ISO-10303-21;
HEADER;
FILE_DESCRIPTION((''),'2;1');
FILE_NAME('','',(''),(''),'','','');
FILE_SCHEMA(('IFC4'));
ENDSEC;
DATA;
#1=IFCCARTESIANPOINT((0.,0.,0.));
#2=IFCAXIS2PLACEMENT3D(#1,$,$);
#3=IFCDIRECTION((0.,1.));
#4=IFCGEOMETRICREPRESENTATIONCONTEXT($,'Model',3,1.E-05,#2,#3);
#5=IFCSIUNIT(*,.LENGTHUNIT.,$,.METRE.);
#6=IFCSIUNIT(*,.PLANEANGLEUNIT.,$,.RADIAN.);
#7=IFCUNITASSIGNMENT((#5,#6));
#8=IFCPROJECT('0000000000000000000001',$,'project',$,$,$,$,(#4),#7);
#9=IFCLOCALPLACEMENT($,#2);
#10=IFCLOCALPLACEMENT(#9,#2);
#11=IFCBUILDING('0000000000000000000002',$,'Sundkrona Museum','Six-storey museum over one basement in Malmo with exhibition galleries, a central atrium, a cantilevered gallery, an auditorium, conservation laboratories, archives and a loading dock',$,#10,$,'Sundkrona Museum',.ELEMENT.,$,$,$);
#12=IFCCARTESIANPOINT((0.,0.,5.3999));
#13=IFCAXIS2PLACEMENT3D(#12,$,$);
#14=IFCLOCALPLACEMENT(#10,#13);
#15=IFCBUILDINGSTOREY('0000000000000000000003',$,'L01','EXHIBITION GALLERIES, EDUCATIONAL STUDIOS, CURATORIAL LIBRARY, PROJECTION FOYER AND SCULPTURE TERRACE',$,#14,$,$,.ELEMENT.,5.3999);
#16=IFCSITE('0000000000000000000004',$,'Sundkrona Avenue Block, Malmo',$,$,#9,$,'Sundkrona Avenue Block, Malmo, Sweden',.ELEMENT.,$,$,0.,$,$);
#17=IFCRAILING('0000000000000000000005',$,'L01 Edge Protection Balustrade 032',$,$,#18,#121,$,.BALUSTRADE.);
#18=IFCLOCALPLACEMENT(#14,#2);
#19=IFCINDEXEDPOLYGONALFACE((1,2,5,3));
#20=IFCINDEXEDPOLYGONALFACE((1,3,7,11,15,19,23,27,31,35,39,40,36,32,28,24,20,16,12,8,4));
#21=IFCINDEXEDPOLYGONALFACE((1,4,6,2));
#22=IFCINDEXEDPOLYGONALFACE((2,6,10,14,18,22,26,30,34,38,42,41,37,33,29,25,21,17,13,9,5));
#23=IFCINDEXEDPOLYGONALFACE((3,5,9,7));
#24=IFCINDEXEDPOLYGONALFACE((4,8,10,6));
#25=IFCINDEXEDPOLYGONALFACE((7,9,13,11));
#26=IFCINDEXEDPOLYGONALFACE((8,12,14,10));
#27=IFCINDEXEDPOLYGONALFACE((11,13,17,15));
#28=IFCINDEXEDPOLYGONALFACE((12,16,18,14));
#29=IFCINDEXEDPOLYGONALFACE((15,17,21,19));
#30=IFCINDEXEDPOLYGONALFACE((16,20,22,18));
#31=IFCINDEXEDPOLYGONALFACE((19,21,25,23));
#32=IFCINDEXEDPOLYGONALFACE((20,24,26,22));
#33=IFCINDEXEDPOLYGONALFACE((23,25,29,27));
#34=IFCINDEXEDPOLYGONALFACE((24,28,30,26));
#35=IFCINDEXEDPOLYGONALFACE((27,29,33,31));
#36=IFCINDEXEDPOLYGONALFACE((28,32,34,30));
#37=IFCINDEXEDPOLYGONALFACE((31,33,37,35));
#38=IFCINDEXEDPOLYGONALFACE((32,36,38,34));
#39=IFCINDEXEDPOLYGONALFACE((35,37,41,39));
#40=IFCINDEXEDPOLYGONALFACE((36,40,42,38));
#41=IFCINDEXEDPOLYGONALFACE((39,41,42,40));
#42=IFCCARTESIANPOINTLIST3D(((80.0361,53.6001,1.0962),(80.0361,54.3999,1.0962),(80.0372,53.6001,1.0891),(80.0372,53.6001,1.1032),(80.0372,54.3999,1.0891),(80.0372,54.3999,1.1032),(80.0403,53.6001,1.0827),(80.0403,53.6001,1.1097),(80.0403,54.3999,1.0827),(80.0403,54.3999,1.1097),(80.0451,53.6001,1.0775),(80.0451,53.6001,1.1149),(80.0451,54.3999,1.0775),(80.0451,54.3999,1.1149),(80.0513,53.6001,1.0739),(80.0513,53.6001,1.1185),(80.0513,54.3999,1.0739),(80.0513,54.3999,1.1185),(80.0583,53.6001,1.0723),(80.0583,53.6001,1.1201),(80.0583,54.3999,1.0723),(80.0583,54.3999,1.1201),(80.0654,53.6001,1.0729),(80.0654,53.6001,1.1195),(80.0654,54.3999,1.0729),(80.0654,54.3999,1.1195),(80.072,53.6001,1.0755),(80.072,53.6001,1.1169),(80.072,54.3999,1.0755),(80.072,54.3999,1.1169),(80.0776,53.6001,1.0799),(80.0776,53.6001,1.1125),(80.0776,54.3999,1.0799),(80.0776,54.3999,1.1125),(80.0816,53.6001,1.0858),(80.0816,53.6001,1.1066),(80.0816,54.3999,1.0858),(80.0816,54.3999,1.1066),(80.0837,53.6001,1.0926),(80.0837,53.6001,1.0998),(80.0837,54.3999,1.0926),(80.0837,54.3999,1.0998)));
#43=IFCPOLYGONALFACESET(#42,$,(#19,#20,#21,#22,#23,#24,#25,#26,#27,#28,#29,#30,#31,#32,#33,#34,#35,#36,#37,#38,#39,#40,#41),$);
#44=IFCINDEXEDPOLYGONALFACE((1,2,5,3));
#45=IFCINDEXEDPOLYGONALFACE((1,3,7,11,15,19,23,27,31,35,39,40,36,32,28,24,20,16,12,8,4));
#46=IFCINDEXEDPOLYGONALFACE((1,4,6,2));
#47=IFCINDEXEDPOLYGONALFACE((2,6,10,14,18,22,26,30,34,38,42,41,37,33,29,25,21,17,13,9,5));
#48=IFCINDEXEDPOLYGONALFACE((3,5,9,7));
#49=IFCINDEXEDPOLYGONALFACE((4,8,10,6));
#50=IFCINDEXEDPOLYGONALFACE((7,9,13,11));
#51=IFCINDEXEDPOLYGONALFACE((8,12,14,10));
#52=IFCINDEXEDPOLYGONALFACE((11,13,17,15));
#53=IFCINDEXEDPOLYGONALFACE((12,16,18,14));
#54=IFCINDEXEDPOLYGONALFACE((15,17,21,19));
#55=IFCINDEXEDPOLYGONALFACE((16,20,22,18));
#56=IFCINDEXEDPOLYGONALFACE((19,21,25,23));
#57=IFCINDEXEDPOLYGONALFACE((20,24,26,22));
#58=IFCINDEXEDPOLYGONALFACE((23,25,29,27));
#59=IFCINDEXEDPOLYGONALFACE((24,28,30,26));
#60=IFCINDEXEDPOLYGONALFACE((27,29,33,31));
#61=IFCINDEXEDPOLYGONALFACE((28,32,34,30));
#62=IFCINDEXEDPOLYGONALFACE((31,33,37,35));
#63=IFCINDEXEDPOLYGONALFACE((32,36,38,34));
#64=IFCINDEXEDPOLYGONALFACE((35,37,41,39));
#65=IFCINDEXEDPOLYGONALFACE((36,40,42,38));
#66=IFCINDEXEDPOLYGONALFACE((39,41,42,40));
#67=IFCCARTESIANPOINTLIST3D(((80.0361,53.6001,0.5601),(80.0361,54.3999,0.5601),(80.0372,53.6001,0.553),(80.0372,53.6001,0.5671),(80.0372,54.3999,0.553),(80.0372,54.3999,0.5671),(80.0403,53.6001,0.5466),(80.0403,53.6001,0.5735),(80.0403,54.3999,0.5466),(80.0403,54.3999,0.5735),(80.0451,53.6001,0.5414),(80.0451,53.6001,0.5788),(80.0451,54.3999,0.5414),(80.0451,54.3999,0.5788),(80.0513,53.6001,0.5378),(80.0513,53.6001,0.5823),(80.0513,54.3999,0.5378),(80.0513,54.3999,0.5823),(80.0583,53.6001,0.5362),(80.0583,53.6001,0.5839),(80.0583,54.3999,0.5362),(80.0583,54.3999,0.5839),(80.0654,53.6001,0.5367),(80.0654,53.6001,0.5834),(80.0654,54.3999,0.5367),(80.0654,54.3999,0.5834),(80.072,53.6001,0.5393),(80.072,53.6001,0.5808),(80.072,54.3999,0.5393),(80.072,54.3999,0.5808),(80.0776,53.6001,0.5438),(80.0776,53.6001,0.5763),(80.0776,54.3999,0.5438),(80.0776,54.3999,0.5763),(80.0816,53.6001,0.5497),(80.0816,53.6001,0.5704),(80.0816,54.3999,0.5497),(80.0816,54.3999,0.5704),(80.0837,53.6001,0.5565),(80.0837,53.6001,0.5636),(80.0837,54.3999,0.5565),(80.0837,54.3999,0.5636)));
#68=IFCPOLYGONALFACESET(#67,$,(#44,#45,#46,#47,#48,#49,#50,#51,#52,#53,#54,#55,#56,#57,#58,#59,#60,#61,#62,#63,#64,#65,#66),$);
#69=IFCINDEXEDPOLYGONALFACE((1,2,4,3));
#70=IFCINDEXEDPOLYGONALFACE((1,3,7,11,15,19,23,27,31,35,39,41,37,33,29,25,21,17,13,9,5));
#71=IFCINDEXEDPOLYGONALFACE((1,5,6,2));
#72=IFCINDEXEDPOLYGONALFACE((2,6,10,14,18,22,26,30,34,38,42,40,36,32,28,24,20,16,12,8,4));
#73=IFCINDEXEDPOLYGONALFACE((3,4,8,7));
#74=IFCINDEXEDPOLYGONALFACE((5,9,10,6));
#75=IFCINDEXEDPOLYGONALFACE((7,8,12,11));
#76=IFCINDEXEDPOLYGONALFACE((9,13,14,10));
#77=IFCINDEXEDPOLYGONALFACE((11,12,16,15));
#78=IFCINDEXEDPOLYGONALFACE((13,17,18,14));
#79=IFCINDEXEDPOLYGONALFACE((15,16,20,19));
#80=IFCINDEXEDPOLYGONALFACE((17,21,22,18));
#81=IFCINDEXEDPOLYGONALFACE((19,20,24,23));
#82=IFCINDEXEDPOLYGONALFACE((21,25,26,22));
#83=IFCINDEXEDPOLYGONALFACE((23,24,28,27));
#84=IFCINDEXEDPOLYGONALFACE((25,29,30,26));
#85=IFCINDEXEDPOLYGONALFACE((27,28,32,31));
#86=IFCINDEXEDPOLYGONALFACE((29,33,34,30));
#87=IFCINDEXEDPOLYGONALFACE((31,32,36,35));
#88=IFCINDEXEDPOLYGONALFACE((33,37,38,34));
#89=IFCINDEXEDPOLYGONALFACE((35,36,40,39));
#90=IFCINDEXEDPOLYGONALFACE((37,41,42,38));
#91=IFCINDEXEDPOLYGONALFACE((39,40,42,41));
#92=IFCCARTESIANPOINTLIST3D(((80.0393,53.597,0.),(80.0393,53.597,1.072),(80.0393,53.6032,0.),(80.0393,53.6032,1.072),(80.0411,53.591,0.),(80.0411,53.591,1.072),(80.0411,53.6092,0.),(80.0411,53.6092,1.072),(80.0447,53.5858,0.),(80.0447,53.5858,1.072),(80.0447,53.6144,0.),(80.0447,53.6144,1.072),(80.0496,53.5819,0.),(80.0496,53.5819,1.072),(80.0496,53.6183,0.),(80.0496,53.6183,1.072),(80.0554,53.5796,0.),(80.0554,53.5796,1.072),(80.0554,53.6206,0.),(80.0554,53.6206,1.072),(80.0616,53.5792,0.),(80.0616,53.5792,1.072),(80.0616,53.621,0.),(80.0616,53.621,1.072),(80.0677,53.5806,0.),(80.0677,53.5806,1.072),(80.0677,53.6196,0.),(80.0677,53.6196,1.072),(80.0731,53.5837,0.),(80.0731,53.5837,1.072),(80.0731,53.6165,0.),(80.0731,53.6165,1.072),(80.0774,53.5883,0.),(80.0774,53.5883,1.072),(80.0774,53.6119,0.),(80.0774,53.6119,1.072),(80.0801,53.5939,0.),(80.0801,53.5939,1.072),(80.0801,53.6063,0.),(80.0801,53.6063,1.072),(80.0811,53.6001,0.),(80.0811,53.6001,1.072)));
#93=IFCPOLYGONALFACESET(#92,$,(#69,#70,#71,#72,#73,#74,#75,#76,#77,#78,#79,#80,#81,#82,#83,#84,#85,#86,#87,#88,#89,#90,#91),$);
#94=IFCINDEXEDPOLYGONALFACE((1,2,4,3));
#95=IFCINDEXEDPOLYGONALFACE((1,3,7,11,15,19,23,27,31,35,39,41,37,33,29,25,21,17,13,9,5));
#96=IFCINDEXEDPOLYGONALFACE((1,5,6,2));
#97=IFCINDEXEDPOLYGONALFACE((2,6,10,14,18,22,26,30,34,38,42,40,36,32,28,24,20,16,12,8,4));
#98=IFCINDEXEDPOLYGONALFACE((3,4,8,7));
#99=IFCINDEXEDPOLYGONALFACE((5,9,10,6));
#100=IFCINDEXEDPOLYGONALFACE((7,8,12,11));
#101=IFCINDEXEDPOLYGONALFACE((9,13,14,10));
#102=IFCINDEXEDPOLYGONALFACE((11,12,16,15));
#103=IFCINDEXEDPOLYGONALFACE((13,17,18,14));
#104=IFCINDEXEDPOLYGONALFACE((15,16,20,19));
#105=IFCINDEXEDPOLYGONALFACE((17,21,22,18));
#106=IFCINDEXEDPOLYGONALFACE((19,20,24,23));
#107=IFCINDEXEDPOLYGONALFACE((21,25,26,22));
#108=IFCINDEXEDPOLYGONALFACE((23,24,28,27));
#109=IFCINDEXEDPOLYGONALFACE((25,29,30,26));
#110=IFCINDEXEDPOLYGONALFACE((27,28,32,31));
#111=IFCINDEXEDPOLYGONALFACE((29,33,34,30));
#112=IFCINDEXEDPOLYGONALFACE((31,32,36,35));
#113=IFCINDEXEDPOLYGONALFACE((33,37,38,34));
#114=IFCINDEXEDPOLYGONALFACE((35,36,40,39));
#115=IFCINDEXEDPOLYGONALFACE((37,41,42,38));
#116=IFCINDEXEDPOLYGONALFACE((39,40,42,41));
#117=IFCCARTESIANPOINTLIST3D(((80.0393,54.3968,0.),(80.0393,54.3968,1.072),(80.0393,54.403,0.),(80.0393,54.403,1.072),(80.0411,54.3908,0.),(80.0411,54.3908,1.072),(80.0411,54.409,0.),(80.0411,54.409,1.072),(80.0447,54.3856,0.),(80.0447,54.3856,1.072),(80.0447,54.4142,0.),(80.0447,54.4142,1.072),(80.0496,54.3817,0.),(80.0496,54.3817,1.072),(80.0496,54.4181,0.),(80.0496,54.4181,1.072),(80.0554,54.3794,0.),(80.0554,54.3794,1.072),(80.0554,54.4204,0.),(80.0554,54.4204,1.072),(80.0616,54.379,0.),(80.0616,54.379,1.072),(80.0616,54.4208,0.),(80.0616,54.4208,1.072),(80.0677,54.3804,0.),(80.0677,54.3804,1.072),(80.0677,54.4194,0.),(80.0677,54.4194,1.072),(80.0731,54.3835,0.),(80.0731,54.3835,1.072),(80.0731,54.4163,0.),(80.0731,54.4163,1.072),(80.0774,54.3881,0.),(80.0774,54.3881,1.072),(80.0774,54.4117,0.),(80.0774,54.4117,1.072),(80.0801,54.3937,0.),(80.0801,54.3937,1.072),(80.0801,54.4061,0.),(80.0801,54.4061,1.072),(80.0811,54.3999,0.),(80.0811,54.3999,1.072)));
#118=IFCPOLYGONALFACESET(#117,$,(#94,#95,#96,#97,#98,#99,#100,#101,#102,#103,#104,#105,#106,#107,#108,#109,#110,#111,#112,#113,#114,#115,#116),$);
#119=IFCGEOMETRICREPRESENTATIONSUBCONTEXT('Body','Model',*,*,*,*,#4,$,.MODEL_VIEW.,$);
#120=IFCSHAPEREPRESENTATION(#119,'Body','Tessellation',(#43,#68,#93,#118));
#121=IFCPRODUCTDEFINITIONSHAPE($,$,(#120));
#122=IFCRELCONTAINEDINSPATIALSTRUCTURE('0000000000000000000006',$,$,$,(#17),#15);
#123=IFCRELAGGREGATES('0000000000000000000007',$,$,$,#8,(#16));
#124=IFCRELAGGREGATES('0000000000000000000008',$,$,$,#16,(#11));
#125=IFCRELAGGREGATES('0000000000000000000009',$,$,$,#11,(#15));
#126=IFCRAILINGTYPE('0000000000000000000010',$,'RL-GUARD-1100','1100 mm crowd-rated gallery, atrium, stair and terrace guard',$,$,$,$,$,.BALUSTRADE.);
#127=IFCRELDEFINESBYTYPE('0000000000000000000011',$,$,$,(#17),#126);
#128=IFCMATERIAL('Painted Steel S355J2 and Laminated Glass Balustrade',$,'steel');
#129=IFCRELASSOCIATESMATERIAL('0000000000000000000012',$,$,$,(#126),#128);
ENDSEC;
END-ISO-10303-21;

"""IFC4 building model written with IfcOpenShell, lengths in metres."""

from ifc_helpers import new_model, si_unit, direction, frame, origin, origin_2d, place, context, subcontext, project, spatial, circle, extrude, material, type_object, element, save


model = new_model("IFC4")

# Units and contexts
model_context = context("Model", 3, precision=1e-05, world=origin(), true_north=direction((0.0, 1.0)))
body_context = subcontext(model_context, "Body", "Model", "MODEL_VIEW")
ifc_project = project(units=[si_unit("LENGTHUNIT", "METRE"), si_unit("PLANEANGLEUNIT", "RADIAN")], contexts=[model_context])

# Site, building, storey
site_placement = place(None, origin())
site = spatial("IfcSite", under=ifc_project, at=site_placement, Name="Sundkrona Avenue Block, Malmo", LongName="Sundkrona Avenue Block, Malmo, Sweden", CompositionType="ELEMENT", RefElevation=0.0)
building_placement = place(site_placement, origin())
building = spatial("IfcBuilding", under=site, at=building_placement, Name="Sundkrona Museum", Description="Six-storey museum over one basement in Malmo with exhibition galleries, a central atrium, a cantilevered gallery, an auditorium, conservation laboratories, archives and a loading dock", LongName="Sundkrona Museum", CompositionType="ELEMENT")
storey_placement = place(building_placement, frame((0.0, 0.0, 5.3999)))
storey = spatial("IfcBuildingStorey", under=building, at=storey_placement, Name="L01", Description="EXHIBITION GALLERIES, EDUCATIONAL STUDIOS, CURATORIAL LIBRARY, PROJECTION FOYER AND SCULPTURE TERRACE", CompositionType="ELEMENT", Elevation=5.3999)

# Railing
ifc_material_1 = material(Name="Painted Steel S355J2 and Laminated Glass Balustrade", Category="steel")
railing_type = type_object("IfcRailingType", Name="RL-GUARD-1100", Description="1100 mm crowd-rated gallery, atrium, stair and terrace guard", PredefinedType="BALUSTRADE", material=ifc_material_1)
railing_placement = place(storey_placement, frame((80.0601, 53.6001, 0.0)))
element("IfcRailing", 1, at=railing_placement, inside=storey, type_object=railing_type, Name="L01 Edge Protection Balustrade 032", PredefinedType="BALUSTRADE", context=body_context, shape_type="SweptSolid", body=[
    extrude(circle(Radius=0.0239, at=origin_2d()), frame((0.0, 0.0, 1.0962), z_axis=(0.0, 1.0, 0.0), x_axis=(-1.0, 0.0, 0.0)), (0.0, 0.0, 1.0), 0.7998),
    extrude(circle(Radius=0.0239, at=origin_2d()), frame((0.0, 0.0, 0.5601), z_axis=(0.0, 1.0, 0.0), x_axis=(-1.0, 0.0, 0.0)), (0.0, 0.0, 1.0), 0.7998),
    extrude(circle(Radius=0.021, at=origin_2d()), origin(), (0.0, 0.0, 1.0), 1.072),
    extrude(circle(Radius=0.021, at=origin_2d()), frame((0.0, 0.7998, 0.0)), (0.0, 0.0, 1.0), 1.072),
])

save(model, "model.ifc")
